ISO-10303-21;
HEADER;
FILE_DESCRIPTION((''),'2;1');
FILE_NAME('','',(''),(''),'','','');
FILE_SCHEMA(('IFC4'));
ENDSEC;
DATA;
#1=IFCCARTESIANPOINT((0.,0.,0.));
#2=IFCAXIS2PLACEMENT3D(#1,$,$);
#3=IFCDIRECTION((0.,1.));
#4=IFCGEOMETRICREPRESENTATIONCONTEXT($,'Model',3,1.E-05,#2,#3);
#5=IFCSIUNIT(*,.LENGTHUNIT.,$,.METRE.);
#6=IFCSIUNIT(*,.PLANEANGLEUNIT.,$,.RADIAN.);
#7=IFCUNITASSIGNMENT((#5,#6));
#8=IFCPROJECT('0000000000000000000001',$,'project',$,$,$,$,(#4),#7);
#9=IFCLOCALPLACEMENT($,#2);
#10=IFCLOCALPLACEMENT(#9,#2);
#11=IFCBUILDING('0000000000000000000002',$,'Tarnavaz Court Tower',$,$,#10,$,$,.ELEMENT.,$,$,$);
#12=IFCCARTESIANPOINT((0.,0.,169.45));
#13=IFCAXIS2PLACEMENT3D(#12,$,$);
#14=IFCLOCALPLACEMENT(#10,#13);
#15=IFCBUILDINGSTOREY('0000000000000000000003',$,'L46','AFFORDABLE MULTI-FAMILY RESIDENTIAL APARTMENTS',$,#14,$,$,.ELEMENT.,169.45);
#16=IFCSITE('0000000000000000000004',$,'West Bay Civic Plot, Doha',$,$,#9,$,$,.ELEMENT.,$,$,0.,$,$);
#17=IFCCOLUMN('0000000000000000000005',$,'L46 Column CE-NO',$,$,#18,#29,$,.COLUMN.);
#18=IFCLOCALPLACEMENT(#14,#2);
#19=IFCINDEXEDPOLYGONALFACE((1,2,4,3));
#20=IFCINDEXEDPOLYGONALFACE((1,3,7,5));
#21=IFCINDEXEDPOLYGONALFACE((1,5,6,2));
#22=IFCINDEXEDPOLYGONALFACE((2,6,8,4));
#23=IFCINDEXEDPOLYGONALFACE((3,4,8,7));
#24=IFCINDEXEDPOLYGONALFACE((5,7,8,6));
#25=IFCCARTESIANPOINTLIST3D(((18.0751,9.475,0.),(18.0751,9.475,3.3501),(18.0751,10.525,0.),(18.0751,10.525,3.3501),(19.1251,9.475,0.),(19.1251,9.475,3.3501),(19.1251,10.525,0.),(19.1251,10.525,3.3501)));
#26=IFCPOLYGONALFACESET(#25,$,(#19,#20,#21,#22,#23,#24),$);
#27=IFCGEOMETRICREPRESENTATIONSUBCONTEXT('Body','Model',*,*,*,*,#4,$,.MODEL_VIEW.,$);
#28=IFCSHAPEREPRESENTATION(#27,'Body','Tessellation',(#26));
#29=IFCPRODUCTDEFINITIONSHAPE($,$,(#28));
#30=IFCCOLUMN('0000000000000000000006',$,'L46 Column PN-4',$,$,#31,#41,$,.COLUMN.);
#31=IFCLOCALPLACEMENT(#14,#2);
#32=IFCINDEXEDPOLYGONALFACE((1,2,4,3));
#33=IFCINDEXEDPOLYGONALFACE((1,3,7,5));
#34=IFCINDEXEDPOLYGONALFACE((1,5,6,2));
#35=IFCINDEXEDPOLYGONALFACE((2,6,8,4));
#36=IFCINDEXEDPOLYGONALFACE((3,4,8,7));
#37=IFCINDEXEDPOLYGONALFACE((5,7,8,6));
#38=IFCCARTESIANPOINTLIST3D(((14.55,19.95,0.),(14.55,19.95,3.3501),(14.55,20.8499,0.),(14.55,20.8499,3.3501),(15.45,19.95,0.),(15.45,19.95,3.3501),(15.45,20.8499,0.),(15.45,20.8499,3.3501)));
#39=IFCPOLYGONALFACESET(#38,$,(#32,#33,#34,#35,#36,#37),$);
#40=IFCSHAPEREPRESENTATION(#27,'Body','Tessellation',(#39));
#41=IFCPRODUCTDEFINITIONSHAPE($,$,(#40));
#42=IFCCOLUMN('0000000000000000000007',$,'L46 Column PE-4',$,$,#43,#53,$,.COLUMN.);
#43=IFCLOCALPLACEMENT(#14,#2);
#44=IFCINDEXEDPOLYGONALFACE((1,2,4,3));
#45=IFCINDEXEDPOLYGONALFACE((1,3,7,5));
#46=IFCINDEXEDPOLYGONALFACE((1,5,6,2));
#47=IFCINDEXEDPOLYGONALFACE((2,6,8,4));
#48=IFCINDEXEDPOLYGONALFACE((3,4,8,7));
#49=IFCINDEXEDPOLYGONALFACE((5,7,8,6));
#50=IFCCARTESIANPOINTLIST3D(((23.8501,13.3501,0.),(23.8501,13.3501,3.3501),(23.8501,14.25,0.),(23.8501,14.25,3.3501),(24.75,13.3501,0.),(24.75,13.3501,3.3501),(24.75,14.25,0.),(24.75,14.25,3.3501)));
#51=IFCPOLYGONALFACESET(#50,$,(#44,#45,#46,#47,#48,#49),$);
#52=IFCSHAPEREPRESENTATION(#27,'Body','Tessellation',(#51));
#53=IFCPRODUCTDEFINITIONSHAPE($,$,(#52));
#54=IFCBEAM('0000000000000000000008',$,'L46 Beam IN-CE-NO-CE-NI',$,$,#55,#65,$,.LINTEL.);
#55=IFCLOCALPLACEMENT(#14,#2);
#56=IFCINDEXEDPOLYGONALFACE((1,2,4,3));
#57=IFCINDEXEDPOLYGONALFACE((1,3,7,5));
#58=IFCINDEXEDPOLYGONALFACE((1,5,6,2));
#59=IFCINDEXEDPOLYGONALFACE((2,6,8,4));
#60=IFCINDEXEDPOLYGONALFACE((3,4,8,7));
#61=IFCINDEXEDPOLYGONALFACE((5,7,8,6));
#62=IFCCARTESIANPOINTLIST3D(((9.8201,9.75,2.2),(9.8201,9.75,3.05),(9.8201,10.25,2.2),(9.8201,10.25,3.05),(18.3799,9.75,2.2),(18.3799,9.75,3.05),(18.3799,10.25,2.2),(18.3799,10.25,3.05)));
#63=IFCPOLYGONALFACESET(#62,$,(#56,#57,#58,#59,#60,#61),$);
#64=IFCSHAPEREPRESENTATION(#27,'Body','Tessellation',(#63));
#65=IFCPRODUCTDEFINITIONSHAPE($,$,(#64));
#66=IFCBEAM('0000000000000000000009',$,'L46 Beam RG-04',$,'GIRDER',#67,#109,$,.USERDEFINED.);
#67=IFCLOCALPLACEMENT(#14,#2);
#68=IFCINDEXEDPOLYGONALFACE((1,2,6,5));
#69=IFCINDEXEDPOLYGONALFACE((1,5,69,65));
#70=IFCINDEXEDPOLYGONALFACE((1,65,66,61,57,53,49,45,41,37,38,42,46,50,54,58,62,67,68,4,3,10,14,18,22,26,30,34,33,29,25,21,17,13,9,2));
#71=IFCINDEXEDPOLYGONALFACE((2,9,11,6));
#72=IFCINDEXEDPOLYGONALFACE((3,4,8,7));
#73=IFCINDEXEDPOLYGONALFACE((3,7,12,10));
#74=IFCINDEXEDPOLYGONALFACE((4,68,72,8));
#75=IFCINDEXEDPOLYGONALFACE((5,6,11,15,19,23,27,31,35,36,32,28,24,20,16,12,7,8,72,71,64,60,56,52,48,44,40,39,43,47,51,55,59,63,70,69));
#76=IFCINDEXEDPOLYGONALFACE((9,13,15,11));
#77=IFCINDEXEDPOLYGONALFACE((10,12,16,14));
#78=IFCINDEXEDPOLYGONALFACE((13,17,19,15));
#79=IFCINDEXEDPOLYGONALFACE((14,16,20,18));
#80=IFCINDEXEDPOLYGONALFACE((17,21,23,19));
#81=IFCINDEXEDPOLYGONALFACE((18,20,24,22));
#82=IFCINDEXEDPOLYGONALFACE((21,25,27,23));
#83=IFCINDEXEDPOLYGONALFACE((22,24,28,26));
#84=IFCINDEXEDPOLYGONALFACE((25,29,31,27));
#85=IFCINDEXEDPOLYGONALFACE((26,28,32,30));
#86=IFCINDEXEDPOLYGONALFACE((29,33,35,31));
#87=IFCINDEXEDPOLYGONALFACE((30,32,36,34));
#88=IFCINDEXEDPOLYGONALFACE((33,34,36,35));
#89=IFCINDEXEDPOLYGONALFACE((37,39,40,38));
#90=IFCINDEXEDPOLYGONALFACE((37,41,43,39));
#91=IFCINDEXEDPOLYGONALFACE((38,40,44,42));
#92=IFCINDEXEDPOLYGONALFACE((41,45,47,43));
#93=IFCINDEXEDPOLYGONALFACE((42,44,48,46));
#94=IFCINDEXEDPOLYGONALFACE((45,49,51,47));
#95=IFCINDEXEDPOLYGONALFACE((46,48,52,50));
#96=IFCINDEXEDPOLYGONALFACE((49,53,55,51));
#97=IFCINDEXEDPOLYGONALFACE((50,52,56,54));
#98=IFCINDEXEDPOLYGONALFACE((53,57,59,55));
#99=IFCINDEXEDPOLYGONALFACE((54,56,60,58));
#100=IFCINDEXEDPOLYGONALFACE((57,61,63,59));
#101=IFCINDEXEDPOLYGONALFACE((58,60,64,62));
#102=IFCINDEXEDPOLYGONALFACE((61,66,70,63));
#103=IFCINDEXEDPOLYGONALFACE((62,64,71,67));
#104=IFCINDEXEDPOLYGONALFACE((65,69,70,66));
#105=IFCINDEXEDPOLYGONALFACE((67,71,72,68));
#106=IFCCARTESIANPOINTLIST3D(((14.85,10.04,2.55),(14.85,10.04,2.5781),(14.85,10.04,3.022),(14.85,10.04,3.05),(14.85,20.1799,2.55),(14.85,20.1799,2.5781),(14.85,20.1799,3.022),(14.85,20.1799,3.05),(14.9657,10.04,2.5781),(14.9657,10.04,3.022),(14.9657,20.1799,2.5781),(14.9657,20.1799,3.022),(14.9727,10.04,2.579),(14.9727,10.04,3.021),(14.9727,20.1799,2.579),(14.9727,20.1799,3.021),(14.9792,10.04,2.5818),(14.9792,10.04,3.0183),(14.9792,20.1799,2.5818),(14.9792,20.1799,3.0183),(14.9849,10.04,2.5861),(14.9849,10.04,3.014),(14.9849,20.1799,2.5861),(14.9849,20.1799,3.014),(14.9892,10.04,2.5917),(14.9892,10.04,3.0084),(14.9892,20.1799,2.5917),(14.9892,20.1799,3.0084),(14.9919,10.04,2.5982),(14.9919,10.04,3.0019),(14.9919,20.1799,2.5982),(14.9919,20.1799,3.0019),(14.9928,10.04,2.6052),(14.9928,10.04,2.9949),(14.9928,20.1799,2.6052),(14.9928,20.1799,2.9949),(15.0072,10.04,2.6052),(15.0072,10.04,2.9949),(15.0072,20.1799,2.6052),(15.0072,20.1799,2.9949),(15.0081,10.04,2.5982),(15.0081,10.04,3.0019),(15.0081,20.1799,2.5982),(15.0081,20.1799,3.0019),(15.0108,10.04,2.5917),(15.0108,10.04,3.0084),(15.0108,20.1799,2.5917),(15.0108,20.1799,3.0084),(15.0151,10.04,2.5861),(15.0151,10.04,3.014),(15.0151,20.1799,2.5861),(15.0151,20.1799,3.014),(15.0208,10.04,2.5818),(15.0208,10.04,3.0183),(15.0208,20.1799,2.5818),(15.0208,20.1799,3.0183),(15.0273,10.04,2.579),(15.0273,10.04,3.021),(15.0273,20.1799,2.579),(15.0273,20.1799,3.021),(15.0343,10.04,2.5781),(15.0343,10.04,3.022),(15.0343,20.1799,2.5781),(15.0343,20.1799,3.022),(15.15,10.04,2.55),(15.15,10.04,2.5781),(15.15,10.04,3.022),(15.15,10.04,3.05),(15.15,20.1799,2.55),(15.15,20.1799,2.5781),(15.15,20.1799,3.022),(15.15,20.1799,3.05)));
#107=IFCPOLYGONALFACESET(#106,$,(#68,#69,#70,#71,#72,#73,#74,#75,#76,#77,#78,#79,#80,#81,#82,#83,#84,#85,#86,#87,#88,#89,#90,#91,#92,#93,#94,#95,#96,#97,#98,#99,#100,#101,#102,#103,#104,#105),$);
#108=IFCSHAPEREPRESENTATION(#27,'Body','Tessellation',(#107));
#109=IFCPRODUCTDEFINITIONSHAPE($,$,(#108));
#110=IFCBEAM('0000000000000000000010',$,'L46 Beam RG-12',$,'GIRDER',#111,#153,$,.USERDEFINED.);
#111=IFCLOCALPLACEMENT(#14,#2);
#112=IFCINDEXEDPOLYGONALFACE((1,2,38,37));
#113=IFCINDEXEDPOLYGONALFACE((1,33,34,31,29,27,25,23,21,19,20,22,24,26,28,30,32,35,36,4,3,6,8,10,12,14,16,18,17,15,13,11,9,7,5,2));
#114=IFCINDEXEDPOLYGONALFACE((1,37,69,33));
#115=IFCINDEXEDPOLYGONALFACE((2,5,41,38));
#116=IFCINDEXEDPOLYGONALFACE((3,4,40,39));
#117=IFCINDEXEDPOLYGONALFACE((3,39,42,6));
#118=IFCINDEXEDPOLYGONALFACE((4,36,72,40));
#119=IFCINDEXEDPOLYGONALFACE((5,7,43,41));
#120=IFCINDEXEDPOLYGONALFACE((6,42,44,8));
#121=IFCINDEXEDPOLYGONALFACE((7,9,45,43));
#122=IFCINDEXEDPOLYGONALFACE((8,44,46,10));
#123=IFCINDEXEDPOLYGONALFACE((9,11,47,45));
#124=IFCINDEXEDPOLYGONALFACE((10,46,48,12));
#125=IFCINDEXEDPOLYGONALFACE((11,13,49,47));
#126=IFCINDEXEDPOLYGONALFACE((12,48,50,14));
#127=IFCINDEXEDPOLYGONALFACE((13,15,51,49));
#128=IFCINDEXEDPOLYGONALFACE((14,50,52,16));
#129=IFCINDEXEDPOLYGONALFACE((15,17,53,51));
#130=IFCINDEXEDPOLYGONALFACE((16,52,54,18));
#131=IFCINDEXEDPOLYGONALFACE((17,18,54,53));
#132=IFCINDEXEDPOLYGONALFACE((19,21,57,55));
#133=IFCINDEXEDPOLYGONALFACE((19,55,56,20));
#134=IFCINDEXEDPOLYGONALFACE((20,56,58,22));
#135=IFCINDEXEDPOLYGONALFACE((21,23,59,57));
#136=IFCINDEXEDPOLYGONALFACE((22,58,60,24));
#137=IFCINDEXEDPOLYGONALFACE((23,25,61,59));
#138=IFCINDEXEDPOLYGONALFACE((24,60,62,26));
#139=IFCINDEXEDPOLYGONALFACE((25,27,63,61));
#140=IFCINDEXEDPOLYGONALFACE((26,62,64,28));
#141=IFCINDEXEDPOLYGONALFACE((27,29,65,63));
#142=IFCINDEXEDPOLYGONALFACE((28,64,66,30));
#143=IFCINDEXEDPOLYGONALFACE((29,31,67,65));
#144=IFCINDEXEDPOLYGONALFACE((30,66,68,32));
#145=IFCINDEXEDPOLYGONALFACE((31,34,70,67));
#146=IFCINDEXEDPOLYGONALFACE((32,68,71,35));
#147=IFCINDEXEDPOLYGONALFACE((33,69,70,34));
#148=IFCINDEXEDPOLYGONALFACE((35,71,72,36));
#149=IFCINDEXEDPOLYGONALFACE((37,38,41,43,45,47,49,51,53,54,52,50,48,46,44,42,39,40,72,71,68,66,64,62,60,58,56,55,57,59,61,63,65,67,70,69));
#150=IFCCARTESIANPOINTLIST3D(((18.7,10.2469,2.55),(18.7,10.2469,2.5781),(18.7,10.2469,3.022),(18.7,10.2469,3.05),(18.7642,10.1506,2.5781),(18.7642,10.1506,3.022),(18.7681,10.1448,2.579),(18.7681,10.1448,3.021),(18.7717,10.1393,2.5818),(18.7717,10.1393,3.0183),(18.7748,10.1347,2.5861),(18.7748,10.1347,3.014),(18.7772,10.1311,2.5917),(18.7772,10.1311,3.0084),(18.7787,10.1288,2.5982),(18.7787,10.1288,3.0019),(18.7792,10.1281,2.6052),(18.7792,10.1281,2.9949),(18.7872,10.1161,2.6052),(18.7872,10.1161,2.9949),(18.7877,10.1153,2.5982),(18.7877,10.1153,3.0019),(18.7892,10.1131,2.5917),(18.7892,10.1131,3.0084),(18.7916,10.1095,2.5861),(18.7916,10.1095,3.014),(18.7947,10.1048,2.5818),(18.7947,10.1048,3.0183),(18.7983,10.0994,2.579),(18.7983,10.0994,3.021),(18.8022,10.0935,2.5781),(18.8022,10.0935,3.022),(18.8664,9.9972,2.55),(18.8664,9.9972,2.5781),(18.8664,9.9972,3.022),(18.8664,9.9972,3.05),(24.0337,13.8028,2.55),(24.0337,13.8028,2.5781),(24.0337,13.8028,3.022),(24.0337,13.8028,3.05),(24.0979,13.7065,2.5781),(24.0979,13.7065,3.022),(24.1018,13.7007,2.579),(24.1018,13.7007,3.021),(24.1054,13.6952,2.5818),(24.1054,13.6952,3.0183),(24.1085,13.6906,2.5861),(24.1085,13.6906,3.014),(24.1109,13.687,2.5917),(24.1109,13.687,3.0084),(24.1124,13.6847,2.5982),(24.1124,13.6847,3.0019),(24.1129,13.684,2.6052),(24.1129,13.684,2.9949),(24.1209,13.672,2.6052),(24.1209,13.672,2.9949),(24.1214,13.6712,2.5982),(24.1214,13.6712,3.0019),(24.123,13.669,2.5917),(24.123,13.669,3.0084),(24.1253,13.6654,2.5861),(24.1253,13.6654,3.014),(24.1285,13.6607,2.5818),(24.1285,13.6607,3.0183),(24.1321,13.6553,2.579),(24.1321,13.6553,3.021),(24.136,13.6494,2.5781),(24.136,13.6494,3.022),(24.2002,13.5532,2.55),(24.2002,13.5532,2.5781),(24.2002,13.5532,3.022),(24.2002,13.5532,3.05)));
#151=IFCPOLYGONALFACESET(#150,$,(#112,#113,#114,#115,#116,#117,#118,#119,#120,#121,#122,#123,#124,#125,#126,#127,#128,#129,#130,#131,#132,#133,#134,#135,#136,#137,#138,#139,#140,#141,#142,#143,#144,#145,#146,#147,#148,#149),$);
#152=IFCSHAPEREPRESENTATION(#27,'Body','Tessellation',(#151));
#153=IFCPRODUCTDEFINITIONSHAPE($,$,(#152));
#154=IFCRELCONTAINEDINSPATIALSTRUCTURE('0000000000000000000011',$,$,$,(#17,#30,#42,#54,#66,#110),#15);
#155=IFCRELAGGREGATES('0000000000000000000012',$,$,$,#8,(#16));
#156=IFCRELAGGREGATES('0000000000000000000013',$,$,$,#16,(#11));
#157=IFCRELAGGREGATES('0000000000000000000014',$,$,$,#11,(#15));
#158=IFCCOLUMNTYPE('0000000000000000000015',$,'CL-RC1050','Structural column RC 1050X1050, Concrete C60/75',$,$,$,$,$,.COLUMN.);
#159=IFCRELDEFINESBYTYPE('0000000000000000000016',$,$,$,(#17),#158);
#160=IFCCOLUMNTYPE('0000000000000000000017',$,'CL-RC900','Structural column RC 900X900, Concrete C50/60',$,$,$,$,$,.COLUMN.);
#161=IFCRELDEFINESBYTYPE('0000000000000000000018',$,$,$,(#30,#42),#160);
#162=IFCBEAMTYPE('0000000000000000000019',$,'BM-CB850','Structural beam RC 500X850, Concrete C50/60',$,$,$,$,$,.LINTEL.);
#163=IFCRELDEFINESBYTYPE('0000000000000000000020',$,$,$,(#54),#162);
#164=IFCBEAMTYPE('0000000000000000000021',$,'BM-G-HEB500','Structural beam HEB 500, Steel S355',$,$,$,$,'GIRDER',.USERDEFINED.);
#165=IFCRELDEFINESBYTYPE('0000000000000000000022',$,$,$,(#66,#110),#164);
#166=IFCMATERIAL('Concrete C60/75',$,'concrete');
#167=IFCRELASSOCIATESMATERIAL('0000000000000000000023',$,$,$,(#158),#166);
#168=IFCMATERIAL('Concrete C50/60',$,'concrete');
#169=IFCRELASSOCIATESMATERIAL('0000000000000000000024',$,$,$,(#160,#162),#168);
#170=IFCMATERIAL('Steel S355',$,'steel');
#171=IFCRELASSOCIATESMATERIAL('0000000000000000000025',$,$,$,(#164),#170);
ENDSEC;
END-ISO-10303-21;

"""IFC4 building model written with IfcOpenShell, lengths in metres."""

from ifc_helpers import new_model, si_unit, direction, frame, origin, origin_2d, place, context, subcontext, project, spatial, rectangle, i_section, extrude, material, material_profile, profile_set, type_object, element, save


model = new_model("IFC4")

# Units and contexts
model_context = context("Model", 3, precision=1e-05, world=origin(), true_north=direction((0.0, 1.0)))
body_context = subcontext(model_context, "Body", "Model", "MODEL_VIEW")
ifc_project = project(units=[si_unit("LENGTHUNIT", "METRE"), si_unit("PLANEANGLEUNIT", "RADIAN")], contexts=[model_context])

# Site, building, storey
site_placement = place(None, origin())
site = spatial("IfcSite", under=ifc_project, at=site_placement, Name="West Bay Civic Plot, Doha", CompositionType="ELEMENT", RefElevation=0.0)
building_placement = place(site_placement, origin())
building = spatial("IfcBuilding", under=site, at=building_placement, Name="Tarnavaz Court Tower", CompositionType="ELEMENT")
storey_placement = place(building_placement, frame((0.0, 0.0, 169.45)))
storey = spatial("IfcBuildingStorey", under=building, at=storey_placement, Name="L46", Description="AFFORDABLE MULTI-FAMILY RESIDENTIAL APARTMENTS", CompositionType="ELEMENT", Elevation=169.45)

# Columns
ifc_material_1 = material(Name="Concrete C60/75", Category="concrete")
ifc_material_profile_1 = material_profile(ifc_material_1, rectangle(XDim=1.05, YDim=1.05, at=origin_2d()), Name="RC 1050X1050")
ifc_profile_set_1 = profile_set([ifc_material_profile_1], Name="Concrete C60/75")
column_type_1 = type_object("IfcColumnType", Name="CL-RC1050", Description="Structural column RC 1050X1050, Concrete C60/75", PredefinedType="COLUMN", material=ifc_profile_set_1)
column_placement = place(storey_placement, frame((18.6001, 10.0, 0.0), z_axis=(0.0, 0.0, 1.0), x_axis=(1.0, 0.0, 0.0)))
element("IfcColumn", 1, at=column_placement, inside=storey, type_object=column_type_1, Name="L46 Column CE-NO", PredefinedType="COLUMN", context=body_context, shape_type="SweptSolid", body=[
    extrude(rectangle(XDim=1.05, YDim=1.05, at=origin_2d()), origin(), (0.0, 0.0, 1.0), 3.3501),
])
ifc_material_2 = material(Name="Concrete C50/60", Category="concrete")
ifc_material_profile_2 = material_profile(ifc_material_2, rectangle(XDim=0.8999, YDim=0.8999, at=origin_2d()), Name="RC 900X900")
ifc_profile_set_2 = profile_set([ifc_material_profile_2], Name="Concrete C50/60")
column_type_2 = type_object("IfcColumnType", Name="CL-RC900", Description="Structural column RC 900X900, Concrete C50/60", PredefinedType="COLUMN", material=ifc_profile_set_2)
for number, where, z_axis, x_axis, name in (
    (2, (15.0, 20.3999, 0.0), (0.0, 0.0, 1.0), (1.0, 0.0, 0.0), "L46 Column PN-4"),
    (3, (24.3, 13.8, 0.0), (0.0, 0.0, 1.0), (1.0, 0.0, 0.0), "L46 Column PE-4"),
):
    element("IfcColumn", number, at=place(storey_placement, frame(where, z_axis=z_axis, x_axis=x_axis)), inside=storey, type_object=column_type_2, Name=name, PredefinedType="COLUMN", context=body_context, shape_type="SweptSolid", body=[
        extrude(rectangle(XDim=0.8999, YDim=0.8999, at=origin_2d()), origin(), (0.0, 0.0, 1.0), 3.3501),
    ])

# Beams
ifc_material_profile_3 = material_profile(ifc_material_2, rectangle(XDim=0.5, YDim=0.8501, at=origin_2d()), Name="RC 500X850")
ifc_profile_set_3 = profile_set([ifc_material_profile_3], Name="Concrete C50/60")
beam_type_1 = type_object("IfcBeamType", Name="BM-CB850", Description="Structural beam RC 500X850, Concrete C50/60", PredefinedType="LINTEL", material=ifc_profile_set_3)
beam_1_placement = place(storey_placement, frame((18.3799, 10.0, 2.625), z_axis=(-1.0, 0.0, 0.0), x_axis=(0.0, -1.0, 0.0)))
element("IfcBeam", 4, at=beam_1_placement, inside=storey, type_object=beam_type_1, Name="L46 Beam IN-CE-NO-CE-NI", PredefinedType="LINTEL", context=body_context, shape_type="SweptSolid", body=[
    extrude(rectangle(XDim=0.5, YDim=0.8501, at=origin_2d()), origin(), (0.0, 0.0, 1.0), 8.5598),
])
ifc_material_3 = material(Name="Steel S355", Category="steel")
ifc_material_profile_4 = material_profile(ifc_material_3, i_section(OverallWidth=0.3, OverallDepth=0.5, WebThickness=0.0144, FlangeThickness=0.0281, FilletRadius=0.0271, at=origin_2d()), Name="HEB 500")
ifc_profile_set_4 = profile_set([ifc_material_profile_4], Name="Steel S355")
beam_type_2 = type_object("IfcBeamType", Name="BM-G-HEB500", Description="Structural beam HEB 500, Steel S355", ElementType="GIRDER", PredefinedType="USERDEFINED", material=ifc_profile_set_4)
beam_2_placement = place(storey_placement, frame((15.0, 10.04, 2.8), z_axis=(0.0, 1.0, 0.0), x_axis=(-1.0, 0.0, 0.0)))
element("IfcBeam", 5, at=beam_2_placement, inside=storey, type_object=beam_type_2, Name="L46 Beam RG-04", ObjectType="GIRDER", PredefinedType="USERDEFINED", context=body_context, shape_type="SweptSolid", body=[
    extrude(i_section(OverallWidth=0.3, OverallDepth=0.5, WebThickness=0.0144, FlangeThickness=0.0281, FilletRadius=0.0271, at=origin_2d()), origin(), (0.0, 0.0, 1.0), 10.1399),
])
beam_3_placement = place(storey_placement, frame((18.7832, 10.1221, 2.8), z_axis=(0.832044, 0.554709, 0.0), x_axis=(-0.554709, 0.832044, 0.0)))
element("IfcBeam", 6, at=beam_3_placement, inside=storey, type_object=beam_type_2, Name="L46 Beam RG-12", ObjectType="GIRDER", PredefinedType="USERDEFINED", context=body_context, shape_type="SweptSolid", body=[
    extrude(i_section(OverallWidth=0.3, OverallDepth=0.5, WebThickness=0.0144, FlangeThickness=0.0281, FilletRadius=0.0271, at=origin_2d()), origin(), (0.0, 0.0, 1.0), 6.4104),
])

save(model, "model.ifc")
